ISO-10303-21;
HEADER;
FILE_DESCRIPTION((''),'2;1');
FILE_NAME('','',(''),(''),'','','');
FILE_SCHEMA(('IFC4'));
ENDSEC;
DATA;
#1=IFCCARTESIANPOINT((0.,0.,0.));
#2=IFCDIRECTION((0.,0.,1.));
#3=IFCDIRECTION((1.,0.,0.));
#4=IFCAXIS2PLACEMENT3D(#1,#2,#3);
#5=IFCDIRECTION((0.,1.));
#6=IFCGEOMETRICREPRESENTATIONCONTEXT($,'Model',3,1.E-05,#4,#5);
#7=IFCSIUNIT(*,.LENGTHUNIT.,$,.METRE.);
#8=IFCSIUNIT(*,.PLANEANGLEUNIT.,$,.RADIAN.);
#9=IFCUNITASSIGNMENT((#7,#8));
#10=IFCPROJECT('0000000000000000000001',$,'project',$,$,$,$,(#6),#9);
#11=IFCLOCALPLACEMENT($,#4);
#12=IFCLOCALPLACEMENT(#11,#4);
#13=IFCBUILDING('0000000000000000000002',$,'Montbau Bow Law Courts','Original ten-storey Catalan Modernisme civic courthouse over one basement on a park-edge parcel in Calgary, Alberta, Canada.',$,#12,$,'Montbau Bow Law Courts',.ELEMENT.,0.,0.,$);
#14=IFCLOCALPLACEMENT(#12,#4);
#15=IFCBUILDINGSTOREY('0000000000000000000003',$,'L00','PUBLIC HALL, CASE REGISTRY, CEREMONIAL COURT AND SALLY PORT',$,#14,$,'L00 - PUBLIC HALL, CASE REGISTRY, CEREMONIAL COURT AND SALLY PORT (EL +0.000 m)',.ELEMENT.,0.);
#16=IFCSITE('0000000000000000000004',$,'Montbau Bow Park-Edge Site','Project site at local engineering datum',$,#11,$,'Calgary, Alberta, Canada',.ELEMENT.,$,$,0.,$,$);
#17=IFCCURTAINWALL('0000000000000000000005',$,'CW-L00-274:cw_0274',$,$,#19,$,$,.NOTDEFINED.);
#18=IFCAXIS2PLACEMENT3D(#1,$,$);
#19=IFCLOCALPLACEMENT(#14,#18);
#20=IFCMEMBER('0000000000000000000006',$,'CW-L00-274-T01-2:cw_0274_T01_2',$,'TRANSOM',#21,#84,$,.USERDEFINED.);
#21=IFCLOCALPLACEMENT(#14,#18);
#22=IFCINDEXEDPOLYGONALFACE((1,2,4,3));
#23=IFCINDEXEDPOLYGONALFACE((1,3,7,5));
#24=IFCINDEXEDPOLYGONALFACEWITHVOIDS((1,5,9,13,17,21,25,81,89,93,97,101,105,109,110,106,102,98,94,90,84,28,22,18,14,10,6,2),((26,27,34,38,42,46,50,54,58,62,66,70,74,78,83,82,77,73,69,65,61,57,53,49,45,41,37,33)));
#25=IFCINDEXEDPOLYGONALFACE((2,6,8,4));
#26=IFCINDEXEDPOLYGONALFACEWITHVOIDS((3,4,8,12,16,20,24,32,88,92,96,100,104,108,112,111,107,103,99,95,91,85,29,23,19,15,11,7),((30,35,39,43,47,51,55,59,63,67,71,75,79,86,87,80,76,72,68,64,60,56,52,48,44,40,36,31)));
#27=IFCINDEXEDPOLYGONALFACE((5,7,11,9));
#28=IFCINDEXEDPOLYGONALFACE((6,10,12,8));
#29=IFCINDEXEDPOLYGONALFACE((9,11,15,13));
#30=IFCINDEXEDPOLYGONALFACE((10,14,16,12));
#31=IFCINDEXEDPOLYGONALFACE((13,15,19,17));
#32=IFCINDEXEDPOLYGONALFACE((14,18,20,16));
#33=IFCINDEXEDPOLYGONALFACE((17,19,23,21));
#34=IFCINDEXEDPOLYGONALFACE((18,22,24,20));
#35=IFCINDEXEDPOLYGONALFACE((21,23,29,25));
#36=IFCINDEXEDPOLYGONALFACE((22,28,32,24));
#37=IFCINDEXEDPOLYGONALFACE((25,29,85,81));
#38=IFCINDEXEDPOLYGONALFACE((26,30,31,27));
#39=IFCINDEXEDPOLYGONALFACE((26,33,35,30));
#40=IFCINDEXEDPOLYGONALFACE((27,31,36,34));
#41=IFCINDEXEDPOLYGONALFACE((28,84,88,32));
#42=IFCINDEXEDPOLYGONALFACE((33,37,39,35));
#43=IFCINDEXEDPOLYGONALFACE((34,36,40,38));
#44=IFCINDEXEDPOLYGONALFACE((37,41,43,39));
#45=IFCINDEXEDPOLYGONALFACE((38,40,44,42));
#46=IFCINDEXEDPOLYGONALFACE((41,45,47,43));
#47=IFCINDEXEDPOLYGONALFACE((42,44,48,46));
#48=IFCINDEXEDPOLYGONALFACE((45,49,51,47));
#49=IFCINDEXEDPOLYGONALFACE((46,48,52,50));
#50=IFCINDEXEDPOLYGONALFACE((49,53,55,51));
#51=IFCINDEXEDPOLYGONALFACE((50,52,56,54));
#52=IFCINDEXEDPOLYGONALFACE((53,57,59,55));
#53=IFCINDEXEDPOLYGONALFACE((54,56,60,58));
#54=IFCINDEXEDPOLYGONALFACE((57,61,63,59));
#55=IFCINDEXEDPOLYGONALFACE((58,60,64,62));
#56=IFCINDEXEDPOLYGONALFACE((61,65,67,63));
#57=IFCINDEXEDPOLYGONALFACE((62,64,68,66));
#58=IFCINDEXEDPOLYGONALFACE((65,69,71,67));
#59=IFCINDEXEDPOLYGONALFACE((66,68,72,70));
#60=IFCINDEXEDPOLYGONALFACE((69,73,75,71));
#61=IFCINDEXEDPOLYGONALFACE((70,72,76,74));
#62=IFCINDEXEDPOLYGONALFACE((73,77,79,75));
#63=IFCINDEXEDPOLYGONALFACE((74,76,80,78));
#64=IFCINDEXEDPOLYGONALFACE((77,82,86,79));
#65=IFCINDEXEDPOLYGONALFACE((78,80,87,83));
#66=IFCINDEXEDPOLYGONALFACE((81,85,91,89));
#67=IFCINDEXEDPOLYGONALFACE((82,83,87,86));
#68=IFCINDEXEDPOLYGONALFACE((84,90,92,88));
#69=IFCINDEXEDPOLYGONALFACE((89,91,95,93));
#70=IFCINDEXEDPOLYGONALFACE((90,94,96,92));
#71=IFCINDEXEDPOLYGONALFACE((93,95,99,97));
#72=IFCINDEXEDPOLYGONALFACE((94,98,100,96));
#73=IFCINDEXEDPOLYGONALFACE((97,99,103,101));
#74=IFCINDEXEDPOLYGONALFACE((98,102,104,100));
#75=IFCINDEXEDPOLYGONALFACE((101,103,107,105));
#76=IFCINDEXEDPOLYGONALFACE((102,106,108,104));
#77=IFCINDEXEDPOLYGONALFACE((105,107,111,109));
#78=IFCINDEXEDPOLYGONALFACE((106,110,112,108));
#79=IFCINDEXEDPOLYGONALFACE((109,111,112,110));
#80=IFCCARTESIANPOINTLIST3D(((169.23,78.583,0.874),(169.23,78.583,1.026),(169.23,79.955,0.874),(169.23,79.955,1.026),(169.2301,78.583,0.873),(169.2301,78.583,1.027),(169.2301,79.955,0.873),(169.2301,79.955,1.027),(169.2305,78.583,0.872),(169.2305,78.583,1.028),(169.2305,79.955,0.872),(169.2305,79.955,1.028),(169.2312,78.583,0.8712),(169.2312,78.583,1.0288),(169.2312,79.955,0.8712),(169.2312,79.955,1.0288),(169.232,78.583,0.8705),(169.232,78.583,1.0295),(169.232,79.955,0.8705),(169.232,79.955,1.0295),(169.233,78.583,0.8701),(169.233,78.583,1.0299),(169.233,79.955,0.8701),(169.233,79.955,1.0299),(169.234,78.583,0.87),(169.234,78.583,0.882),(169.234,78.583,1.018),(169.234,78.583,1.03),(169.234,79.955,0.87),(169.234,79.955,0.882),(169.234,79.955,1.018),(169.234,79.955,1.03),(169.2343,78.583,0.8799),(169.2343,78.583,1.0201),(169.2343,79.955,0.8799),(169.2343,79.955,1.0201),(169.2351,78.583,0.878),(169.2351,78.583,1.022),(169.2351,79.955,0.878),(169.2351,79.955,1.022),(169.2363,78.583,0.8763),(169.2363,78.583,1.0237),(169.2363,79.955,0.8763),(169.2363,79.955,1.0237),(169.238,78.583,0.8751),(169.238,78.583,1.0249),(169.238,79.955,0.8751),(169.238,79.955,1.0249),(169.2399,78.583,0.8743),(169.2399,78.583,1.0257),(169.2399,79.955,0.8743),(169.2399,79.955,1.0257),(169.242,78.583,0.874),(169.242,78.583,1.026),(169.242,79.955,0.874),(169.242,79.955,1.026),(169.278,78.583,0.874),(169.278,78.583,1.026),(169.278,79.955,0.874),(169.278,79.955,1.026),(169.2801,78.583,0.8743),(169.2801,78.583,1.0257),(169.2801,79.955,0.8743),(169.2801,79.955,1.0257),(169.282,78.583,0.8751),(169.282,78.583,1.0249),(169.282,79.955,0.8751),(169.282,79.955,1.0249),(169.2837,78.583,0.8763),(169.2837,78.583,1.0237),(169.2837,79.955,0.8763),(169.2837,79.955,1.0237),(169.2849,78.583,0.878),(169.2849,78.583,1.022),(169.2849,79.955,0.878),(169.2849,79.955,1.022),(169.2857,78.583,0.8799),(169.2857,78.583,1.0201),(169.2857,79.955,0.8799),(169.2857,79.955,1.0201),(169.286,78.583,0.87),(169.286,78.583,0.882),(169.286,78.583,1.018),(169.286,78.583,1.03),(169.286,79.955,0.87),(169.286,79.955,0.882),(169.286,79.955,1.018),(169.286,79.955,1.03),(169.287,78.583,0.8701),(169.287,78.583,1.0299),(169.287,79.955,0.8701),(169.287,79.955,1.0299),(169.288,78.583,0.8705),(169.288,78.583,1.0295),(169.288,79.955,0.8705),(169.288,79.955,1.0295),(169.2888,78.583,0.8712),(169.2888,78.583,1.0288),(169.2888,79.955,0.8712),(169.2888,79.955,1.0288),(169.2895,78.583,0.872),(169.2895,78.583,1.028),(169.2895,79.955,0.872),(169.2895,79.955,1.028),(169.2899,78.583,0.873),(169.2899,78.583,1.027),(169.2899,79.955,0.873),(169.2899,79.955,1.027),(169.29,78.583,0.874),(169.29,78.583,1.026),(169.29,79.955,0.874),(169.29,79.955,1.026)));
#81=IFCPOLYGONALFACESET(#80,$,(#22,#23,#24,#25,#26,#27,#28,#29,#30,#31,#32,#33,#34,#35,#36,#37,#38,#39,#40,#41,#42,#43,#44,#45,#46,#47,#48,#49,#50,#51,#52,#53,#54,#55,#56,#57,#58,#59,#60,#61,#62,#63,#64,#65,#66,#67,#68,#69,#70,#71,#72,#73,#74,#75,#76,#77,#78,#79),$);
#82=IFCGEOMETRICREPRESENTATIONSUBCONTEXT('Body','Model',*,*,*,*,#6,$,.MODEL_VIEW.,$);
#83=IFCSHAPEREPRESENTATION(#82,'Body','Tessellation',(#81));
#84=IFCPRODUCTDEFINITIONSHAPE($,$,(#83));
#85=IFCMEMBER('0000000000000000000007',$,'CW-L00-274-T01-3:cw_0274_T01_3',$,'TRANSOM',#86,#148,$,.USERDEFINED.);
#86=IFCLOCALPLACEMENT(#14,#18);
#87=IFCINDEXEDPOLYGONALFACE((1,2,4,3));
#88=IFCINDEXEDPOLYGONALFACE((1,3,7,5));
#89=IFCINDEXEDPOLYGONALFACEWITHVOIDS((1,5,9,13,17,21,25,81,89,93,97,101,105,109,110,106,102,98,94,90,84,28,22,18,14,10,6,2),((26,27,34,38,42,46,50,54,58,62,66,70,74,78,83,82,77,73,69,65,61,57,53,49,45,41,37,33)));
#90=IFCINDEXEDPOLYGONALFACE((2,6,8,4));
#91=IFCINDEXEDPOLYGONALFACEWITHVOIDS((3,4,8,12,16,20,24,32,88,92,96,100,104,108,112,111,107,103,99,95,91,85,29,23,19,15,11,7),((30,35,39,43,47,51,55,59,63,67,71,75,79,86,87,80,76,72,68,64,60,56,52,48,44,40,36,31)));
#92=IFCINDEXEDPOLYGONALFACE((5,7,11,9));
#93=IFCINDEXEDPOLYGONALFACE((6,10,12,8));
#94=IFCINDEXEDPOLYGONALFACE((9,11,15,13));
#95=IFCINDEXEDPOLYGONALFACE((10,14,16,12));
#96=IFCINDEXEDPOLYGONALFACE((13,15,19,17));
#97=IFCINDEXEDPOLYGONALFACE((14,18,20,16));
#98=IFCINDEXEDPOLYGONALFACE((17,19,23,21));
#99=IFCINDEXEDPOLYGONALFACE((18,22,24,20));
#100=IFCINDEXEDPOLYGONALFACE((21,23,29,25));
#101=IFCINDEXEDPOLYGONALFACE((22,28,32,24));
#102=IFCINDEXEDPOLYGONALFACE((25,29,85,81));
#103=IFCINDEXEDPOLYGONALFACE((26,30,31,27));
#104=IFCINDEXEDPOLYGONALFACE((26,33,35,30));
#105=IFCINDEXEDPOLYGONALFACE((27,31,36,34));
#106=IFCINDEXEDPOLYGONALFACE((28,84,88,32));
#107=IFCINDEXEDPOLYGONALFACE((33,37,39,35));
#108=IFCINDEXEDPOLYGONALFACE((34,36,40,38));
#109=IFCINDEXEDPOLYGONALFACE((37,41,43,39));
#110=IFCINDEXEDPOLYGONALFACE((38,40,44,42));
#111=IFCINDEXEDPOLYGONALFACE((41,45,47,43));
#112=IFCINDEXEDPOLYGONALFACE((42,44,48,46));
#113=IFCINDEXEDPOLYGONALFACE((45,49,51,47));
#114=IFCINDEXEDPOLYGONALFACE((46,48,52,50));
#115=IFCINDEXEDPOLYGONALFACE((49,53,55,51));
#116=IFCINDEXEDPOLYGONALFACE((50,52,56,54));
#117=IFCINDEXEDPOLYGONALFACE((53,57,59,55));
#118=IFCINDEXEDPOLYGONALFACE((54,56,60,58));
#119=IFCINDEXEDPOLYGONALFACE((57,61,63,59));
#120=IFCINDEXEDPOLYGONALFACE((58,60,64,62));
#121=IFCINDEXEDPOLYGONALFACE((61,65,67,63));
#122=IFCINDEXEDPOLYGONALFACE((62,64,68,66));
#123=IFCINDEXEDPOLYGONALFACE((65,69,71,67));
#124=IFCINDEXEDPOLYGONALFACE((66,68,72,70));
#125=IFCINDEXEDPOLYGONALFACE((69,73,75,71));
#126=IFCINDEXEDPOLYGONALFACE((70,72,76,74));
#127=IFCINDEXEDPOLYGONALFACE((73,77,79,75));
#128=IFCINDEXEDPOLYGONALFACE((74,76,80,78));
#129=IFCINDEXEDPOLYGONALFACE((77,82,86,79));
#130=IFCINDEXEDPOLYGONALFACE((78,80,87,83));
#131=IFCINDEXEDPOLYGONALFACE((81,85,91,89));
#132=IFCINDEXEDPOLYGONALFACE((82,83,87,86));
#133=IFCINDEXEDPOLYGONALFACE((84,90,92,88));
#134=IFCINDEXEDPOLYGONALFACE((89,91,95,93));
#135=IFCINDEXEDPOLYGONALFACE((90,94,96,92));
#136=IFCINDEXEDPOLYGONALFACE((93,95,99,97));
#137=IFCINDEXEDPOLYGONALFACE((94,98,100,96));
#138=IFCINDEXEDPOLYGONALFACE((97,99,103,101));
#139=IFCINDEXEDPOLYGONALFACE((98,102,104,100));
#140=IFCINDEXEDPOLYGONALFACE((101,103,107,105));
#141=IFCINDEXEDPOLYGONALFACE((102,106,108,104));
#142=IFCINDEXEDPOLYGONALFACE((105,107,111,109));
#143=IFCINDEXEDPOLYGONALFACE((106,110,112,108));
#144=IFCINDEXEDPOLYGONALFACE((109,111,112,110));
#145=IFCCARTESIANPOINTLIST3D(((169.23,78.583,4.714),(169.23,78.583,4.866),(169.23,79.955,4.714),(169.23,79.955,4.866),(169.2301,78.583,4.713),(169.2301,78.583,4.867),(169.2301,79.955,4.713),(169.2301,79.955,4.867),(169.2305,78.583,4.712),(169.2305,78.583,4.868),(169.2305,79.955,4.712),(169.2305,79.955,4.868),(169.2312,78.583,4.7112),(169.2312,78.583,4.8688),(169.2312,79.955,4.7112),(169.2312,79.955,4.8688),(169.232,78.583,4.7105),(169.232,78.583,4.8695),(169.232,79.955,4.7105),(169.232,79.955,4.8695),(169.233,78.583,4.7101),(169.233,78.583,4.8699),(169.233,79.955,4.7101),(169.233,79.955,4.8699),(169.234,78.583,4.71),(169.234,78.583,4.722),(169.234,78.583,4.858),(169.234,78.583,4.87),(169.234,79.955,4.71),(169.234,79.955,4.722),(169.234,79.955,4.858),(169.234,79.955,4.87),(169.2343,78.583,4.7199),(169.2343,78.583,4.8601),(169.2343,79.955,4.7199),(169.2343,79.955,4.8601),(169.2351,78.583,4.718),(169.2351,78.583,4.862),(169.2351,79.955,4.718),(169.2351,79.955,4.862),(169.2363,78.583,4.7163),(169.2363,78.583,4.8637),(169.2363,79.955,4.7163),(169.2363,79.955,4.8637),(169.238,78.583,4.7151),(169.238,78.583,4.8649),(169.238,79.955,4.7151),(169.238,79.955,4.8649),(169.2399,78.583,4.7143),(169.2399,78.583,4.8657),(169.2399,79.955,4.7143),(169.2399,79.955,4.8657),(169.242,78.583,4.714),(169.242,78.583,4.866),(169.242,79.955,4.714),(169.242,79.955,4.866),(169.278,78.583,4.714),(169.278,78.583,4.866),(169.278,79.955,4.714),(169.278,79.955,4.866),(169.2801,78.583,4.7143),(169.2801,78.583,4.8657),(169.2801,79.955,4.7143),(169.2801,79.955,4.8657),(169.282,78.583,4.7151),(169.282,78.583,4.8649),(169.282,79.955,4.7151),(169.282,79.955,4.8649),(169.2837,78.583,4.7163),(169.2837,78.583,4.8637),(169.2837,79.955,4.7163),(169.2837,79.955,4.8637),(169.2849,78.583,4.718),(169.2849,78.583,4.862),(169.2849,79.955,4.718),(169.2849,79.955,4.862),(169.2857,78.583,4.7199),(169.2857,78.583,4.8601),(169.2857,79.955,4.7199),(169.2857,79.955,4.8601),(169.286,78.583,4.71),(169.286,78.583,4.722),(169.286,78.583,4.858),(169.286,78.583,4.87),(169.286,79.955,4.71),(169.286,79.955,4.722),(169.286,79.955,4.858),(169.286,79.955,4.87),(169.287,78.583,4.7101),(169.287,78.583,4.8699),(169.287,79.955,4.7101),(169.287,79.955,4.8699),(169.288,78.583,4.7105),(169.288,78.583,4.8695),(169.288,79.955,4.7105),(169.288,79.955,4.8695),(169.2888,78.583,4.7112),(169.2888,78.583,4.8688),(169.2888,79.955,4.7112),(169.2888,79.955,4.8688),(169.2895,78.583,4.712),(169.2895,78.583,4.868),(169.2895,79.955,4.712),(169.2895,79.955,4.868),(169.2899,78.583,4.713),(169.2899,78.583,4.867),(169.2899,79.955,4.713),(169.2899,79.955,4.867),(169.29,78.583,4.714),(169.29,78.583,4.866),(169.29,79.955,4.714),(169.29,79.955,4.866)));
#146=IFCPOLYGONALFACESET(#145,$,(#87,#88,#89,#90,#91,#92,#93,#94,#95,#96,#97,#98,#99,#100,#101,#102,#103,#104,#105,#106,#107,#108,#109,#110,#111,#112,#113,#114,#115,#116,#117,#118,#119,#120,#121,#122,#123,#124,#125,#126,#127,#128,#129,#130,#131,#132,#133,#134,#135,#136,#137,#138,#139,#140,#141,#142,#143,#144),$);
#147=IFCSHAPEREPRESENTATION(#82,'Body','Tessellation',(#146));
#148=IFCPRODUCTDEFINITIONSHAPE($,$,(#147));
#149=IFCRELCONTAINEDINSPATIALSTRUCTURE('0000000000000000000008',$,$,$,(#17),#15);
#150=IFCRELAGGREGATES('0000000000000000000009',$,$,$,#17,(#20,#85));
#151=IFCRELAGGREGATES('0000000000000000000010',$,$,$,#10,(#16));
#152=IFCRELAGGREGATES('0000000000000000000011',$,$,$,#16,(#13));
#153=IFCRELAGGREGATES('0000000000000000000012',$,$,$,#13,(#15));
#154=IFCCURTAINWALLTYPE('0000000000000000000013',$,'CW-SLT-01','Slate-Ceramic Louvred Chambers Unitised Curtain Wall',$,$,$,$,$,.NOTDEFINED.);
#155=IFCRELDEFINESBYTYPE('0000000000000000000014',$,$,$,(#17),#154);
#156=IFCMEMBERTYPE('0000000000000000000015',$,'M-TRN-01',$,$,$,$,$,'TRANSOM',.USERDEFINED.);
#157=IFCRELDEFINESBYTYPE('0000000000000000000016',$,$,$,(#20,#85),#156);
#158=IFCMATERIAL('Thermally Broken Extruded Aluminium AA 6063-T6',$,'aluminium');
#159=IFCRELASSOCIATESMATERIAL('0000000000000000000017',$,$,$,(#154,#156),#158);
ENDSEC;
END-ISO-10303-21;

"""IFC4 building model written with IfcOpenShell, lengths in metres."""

from ifc_helpers import new_model, si_unit, direction, frame, origin_with_axes, origin_2d_with_axis, place, context, subcontext, project, spatial, hollow_rectangle, extrude, material, material_profile, profile_set, type_object, element, aggregate, save


model = new_model("IFC4")

# Units and contexts
model_context = context("Model", 3, precision=1e-05, world=origin_with_axes(), true_north=direction((0.0, 1.0)))
body_context = subcontext(model_context, "Body", "Model", "MODEL_VIEW")
ifc_project = project(units=[si_unit("LENGTHUNIT", "METRE"), si_unit("PLANEANGLEUNIT", "RADIAN")], contexts=[model_context])

# Site, building, storey
site_placement = place(None, origin_with_axes())
site = spatial("IfcSite", under=ifc_project, at=site_placement, Name="Montbau Bow Park-Edge Site", Description="Project site at local engineering datum", LongName="Calgary, Alberta, Canada", CompositionType="ELEMENT", RefElevation=0.0)
building_placement = place(site_placement, origin_with_axes())
building = spatial("IfcBuilding", under=site, at=building_placement, Name="Montbau Bow Law Courts", Description="Original ten-storey Catalan Modernisme civic courthouse over one basement on a park-edge parcel in Calgary, Alberta, Canada.", LongName="Montbau Bow Law Courts", CompositionType="ELEMENT", ElevationOfRefHeight=0.0, ElevationOfTerrain=0.0)
storey_placement = place(building_placement, origin_with_axes())
storey = spatial("IfcBuildingStorey", under=building, at=storey_placement, Name="L00", Description="PUBLIC HALL, CASE REGISTRY, CEREMONIAL COURT AND SALLY PORT", LongName="L00 - PUBLIC HALL, CASE REGISTRY, CEREMONIAL COURT AND SALLY PORT (EL +0.000 m)", CompositionType="ELEMENT", Elevation=0.0)

# Curtain wall, members
ifc_material_1 = material(Name="Thermally Broken Extruded Aluminium AA 6063-T6", Category="aluminium")
curtain_wall_type = type_object("IfcCurtainWallType", Name="CW-SLT-01", Description="Slate-Ceramic Louvred Chambers Unitised Curtain Wall", PredefinedType="NOTDEFINED", material=ifc_material_1)
curtain_wall_placement = place(None, frame((169.26, 78.515, 0.0), z_axis=(0.0, 0.0, 1.0), x_axis=(1.0, 0.0, 0.0)))
curtain_wall = element("IfcCurtainWall", 1, at=curtain_wall_placement, inside=storey, type_object=curtain_wall_type, Name="CW-L00-274:cw_0274", PredefinedType="NOTDEFINED")
ifc_material_profile_1 = material_profile(ifc_material_1, hollow_rectangle(XDim=0.06, YDim=0.16, WallThickness=0.004, InnerFilletRadius=0.008, OuterFilletRadius=0.004, at=origin_2d_with_axis()), Name="CWT-160X60", Category="Main", Priority=0)
ifc_profile_set_1 = profile_set([ifc_material_profile_1], Name="Thermally Broken Extruded Aluminium AA 6063-T6")
member_type_1 = type_object("IfcMemberType", Name="M-TRN-01", ElementType="TRANSOM", PredefinedType="USERDEFINED", material=ifc_profile_set_1)
member_1_placement = place(None, frame((169.26, 78.583, 0.95), z_axis=(0.0, 1.0, 0.0), x_axis=(-1.0, 0.0, 0.0)))
member_1 = element("IfcMember", 2, at=member_1_placement, type_object=member_type_1, Name="CW-L00-274-T01-2:cw_0274_T01_2", ObjectType="TRANSOM", PredefinedType="USERDEFINED", context=body_context, shape_type="SweptSolid", body=[
    extrude(hollow_rectangle(XDim=0.06, YDim=0.16, WallThickness=0.004, InnerFilletRadius=0.008, OuterFilletRadius=0.004, at=origin_2d_with_axis()), origin_with_axes(), (0.0, 0.0, 1.0), 1.372),
])
member_2_placement = place(None, frame((169.26, 78.583, 4.79), z_axis=(0.0, 1.0, 0.0), x_axis=(-1.0, 0.0, 0.0)))
member_2 = element("IfcMember", 3, at=member_2_placement, type_object=member_type_1, Name="CW-L00-274-T01-3:cw_0274_T01_3", ObjectType="TRANSOM", PredefinedType="USERDEFINED", context=body_context, shape_type="SweptSolid", body=[
    extrude(hollow_rectangle(XDim=0.06, YDim=0.16, WallThickness=0.004, InnerFilletRadius=0.008, OuterFilletRadius=0.004, at=origin_2d_with_axis()), origin_with_axes(), (0.0, 0.0, 1.0), 1.372),
])
aggregate(curtain_wall, [member_1, member_2])

save(model, "model.ifc")
